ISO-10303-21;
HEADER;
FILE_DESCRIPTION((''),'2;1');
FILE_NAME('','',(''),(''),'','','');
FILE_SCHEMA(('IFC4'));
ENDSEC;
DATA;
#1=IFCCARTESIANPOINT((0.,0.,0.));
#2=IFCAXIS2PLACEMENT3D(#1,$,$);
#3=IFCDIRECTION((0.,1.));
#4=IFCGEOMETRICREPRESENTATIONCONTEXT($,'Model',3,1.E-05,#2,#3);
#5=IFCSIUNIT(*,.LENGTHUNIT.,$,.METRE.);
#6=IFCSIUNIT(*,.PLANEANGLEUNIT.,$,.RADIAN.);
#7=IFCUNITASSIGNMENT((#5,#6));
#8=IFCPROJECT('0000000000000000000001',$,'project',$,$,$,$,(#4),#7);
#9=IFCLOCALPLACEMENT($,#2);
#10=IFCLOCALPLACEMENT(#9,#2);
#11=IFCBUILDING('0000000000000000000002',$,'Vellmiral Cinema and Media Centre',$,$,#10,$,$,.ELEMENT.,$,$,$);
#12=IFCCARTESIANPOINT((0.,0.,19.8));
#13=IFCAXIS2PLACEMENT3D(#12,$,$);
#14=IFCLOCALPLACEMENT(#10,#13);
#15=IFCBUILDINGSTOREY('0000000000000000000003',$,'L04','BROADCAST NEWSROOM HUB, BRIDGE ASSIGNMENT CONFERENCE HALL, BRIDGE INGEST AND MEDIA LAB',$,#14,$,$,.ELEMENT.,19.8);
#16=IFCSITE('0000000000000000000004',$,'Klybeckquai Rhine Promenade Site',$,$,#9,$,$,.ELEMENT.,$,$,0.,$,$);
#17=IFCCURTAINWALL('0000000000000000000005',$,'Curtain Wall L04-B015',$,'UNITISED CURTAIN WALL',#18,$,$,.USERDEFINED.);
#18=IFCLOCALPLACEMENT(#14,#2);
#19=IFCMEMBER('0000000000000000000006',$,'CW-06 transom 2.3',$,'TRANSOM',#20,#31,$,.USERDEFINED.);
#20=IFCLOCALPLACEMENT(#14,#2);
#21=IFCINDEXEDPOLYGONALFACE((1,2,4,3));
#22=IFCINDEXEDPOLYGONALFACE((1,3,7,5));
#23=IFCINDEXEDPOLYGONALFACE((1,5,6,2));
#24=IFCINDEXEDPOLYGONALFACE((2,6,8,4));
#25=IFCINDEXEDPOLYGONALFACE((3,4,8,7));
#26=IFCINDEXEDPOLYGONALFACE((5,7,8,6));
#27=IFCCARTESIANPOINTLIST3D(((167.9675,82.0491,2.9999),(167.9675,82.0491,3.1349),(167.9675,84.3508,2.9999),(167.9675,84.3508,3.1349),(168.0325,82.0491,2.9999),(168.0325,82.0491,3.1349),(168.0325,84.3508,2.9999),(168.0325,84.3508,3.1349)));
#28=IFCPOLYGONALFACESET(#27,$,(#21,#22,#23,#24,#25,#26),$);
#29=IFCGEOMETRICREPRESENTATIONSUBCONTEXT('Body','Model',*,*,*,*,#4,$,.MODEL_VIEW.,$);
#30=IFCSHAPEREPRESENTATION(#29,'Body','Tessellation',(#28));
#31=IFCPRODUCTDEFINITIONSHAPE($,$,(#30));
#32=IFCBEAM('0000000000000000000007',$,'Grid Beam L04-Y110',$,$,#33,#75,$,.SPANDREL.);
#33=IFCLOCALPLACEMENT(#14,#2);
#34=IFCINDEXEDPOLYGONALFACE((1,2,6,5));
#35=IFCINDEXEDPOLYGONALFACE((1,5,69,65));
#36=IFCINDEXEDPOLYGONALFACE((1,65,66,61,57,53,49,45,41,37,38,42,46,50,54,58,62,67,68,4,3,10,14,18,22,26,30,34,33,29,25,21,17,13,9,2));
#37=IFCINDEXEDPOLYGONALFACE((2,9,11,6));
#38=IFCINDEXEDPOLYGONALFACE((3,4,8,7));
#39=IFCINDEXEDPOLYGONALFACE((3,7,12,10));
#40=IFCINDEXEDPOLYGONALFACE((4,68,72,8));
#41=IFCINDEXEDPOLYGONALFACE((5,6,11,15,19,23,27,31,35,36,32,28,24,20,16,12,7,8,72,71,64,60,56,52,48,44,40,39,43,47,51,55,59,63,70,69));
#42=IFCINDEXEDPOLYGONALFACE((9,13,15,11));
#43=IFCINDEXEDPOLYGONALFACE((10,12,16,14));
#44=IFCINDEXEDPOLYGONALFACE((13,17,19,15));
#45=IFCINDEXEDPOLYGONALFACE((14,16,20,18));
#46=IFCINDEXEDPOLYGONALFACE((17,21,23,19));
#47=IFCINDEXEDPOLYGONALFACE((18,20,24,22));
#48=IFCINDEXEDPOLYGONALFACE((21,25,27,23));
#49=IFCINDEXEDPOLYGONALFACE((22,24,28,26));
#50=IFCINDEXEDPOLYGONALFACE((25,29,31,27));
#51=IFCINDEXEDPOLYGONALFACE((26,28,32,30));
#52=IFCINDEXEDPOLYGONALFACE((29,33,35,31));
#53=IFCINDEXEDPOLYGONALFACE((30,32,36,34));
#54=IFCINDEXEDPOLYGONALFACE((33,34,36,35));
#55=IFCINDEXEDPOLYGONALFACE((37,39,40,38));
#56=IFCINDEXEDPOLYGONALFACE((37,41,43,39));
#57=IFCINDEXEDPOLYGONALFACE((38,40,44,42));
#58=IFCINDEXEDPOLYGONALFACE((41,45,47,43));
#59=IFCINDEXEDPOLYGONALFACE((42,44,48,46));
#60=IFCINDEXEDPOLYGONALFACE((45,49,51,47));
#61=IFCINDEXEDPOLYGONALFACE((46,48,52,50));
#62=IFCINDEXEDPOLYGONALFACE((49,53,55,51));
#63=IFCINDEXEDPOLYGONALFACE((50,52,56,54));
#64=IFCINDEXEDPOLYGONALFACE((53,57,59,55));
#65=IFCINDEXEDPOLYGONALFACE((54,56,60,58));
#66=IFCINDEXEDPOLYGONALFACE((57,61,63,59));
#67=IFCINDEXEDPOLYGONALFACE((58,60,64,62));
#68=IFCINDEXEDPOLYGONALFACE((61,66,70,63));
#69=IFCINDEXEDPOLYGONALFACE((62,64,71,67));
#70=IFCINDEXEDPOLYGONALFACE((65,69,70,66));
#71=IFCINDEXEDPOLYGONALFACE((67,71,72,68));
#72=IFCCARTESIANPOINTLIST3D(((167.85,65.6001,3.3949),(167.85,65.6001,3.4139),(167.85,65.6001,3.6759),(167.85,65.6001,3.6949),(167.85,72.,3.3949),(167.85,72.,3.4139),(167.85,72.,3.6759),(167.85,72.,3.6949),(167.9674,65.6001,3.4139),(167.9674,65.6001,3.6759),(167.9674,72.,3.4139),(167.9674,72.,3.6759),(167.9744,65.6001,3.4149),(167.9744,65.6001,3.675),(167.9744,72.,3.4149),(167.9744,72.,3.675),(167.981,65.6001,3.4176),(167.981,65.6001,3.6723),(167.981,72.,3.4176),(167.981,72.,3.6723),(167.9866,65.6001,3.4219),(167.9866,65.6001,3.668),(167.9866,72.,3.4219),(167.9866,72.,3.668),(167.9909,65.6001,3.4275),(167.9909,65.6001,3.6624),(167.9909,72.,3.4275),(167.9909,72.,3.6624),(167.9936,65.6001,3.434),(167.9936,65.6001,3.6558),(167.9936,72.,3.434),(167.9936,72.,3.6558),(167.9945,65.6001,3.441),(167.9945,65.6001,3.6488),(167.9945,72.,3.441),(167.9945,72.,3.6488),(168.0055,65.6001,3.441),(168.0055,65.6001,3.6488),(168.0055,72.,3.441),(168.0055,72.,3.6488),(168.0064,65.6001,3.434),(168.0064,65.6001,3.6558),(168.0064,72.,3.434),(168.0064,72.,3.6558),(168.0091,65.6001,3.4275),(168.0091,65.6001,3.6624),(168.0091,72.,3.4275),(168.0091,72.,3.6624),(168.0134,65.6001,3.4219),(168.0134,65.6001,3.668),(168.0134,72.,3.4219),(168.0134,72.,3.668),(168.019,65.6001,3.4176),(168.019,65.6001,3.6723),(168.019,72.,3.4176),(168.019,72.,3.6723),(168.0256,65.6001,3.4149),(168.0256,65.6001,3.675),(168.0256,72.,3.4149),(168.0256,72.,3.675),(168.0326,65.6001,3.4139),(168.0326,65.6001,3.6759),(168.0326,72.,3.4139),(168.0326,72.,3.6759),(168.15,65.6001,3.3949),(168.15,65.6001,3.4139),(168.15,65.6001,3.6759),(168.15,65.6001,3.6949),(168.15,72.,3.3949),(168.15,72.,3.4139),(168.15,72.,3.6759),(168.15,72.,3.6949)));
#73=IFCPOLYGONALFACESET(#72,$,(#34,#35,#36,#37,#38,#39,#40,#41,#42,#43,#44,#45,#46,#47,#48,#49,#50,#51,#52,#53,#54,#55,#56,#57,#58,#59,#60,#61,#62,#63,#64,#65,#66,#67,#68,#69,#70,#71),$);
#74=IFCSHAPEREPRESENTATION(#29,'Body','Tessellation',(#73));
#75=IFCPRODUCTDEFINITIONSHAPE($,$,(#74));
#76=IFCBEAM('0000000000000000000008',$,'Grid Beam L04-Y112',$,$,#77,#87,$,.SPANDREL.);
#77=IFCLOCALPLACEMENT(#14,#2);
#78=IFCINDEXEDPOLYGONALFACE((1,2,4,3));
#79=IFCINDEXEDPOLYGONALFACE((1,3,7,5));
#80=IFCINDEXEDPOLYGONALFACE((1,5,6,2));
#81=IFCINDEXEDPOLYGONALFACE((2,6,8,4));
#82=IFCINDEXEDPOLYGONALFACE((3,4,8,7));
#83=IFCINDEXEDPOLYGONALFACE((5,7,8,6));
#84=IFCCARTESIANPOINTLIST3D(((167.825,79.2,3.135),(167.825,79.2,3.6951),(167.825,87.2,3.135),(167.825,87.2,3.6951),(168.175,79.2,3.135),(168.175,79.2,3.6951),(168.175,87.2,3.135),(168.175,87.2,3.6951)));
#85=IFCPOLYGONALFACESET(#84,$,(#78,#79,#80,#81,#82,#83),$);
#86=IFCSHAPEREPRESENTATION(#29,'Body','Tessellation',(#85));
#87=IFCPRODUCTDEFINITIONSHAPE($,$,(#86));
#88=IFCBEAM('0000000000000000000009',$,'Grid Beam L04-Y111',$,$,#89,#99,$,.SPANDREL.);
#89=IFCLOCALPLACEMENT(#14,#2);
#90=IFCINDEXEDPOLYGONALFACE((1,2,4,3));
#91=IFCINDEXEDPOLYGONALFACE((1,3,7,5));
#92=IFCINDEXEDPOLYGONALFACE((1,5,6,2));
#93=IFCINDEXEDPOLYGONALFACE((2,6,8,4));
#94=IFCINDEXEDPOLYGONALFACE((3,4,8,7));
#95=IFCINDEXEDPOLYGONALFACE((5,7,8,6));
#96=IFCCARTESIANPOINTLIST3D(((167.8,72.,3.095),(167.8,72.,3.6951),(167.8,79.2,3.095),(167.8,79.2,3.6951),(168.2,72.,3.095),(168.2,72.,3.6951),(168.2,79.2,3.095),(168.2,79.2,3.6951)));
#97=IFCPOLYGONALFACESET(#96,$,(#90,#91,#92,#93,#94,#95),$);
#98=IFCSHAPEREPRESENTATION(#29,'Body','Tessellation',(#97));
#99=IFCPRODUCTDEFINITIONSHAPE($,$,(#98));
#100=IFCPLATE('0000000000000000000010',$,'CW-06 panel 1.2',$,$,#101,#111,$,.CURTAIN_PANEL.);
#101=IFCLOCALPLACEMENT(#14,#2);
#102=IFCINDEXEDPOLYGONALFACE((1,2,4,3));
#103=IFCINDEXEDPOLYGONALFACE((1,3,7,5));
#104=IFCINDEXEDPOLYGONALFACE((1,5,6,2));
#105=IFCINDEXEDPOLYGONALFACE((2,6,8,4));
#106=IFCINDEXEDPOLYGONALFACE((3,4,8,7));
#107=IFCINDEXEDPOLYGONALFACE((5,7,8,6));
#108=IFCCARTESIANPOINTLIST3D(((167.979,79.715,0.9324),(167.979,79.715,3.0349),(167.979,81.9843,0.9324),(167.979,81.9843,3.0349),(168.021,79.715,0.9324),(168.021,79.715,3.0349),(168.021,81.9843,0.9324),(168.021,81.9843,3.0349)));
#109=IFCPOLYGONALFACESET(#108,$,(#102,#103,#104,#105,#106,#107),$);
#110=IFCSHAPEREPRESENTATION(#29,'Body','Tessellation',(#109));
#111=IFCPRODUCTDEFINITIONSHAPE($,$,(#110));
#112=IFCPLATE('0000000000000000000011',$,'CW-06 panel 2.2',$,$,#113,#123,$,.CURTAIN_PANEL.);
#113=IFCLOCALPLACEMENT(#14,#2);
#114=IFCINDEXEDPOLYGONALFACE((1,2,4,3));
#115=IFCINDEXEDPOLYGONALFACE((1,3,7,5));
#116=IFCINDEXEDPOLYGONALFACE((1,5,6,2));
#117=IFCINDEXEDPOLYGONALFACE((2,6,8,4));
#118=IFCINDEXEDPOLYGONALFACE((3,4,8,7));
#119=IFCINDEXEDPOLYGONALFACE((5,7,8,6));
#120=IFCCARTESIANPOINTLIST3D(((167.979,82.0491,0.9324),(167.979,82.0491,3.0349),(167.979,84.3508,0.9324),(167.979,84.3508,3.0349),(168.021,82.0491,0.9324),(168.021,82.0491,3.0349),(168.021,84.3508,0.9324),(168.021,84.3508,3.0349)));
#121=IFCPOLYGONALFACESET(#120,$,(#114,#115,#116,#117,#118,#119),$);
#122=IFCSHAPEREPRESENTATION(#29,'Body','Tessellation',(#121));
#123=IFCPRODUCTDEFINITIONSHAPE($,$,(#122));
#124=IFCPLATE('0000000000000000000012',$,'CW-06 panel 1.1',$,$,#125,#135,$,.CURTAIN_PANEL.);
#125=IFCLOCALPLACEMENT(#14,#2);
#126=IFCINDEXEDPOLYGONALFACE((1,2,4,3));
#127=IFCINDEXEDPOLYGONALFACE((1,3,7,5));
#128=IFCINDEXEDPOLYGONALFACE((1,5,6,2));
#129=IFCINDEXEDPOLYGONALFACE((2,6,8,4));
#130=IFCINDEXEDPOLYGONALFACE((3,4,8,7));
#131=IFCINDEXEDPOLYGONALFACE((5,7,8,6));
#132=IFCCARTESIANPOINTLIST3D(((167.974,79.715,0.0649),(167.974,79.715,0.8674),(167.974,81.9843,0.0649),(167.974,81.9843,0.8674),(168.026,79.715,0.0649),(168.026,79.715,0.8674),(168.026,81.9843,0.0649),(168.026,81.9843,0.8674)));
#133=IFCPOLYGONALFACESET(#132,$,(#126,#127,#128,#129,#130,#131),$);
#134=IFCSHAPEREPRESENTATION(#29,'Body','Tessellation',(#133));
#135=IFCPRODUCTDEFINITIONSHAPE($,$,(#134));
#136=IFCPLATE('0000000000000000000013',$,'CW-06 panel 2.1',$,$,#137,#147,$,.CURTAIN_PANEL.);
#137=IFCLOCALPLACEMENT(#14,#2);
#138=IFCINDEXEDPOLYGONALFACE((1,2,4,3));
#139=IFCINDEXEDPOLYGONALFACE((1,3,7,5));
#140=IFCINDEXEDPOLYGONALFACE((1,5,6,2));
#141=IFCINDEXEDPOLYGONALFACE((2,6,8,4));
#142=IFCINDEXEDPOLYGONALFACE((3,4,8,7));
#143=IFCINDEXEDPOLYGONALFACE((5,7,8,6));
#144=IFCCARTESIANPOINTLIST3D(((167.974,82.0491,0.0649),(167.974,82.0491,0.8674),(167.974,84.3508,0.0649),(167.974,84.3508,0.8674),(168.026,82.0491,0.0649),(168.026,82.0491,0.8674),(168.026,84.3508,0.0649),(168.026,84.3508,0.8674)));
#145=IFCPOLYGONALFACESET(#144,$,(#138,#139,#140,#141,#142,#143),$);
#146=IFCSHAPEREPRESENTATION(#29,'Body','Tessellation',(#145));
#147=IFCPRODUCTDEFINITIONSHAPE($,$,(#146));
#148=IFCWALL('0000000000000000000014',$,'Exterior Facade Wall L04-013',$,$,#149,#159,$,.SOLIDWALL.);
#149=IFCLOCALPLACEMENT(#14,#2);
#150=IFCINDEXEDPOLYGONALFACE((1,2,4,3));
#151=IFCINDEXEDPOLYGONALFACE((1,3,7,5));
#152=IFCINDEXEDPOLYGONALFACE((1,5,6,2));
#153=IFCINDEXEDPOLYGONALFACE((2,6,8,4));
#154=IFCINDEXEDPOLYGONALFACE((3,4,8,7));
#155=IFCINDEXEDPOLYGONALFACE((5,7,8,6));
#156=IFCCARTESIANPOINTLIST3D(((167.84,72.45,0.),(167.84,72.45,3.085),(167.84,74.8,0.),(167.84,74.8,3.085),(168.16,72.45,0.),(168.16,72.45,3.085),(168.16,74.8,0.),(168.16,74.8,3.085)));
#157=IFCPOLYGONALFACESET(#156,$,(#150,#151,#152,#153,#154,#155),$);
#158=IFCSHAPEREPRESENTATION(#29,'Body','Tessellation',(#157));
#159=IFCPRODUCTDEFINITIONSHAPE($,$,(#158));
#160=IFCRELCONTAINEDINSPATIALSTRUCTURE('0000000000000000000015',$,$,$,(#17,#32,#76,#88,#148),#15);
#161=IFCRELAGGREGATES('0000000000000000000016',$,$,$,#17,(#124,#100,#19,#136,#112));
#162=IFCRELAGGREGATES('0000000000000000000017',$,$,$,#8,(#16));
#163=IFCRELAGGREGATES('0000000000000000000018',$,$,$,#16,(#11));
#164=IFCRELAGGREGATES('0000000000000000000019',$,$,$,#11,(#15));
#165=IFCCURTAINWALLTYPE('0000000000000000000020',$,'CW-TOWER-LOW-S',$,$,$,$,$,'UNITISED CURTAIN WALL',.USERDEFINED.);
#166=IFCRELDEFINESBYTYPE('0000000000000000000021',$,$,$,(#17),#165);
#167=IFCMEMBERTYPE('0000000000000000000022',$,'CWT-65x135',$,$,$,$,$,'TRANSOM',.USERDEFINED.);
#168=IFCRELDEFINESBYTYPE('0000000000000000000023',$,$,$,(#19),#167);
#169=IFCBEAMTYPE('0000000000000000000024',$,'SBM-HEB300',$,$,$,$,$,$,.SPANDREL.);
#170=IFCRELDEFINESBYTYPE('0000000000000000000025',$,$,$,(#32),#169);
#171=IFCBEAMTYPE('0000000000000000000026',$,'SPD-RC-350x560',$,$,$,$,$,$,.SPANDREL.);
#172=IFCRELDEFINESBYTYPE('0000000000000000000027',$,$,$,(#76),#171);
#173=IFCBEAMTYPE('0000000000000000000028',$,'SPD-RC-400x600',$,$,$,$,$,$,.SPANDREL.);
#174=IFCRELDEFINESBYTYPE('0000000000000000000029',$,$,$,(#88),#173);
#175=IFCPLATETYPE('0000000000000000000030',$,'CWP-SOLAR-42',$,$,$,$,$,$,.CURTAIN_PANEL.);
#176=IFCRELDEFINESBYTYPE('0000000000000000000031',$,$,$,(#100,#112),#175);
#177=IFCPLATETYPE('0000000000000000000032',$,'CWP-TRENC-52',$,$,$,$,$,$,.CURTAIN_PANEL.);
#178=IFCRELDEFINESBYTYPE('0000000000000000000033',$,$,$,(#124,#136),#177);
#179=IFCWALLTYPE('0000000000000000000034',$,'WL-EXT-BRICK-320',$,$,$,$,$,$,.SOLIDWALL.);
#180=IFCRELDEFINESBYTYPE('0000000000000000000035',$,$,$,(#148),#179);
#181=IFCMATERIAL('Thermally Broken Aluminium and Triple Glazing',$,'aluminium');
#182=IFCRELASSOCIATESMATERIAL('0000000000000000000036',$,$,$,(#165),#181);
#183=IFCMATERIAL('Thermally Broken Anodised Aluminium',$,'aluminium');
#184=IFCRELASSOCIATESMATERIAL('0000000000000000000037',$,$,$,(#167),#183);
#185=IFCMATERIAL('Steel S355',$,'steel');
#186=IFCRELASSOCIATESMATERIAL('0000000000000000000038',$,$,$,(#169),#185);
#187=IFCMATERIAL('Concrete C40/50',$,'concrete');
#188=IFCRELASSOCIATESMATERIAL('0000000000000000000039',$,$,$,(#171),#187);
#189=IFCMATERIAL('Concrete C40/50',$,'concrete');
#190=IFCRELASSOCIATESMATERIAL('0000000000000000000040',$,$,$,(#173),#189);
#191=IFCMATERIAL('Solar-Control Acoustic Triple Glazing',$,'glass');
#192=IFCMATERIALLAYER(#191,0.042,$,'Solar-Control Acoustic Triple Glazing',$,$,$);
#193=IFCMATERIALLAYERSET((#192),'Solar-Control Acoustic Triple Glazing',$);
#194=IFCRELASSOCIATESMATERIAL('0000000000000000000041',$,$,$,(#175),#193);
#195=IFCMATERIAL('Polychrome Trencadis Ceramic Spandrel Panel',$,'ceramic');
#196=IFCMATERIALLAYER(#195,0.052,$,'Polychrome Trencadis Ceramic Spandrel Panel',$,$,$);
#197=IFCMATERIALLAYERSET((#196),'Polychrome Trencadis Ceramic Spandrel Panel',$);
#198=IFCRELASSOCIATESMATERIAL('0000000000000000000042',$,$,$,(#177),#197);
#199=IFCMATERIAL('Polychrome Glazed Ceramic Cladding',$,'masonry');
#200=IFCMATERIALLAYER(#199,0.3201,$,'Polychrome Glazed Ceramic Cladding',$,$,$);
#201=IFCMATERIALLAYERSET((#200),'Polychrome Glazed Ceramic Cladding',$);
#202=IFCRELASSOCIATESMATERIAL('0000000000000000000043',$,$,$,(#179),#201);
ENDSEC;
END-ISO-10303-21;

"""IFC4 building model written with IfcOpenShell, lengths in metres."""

from ifc_helpers import new_model, si_unit, direction, frame, frame_2d, origin, origin_2d, place, context, subcontext, project, spatial, rectangle, i_section, extrude, material, layer, layer_set, material_profile, profile_set, type_object, element, aggregate, save


model = new_model("IFC4")

# Units and contexts
model_context = context("Model", 3, precision=1e-05, world=origin(), true_north=direction((0.0, 1.0)))
body_context = subcontext(model_context, "Body", "Model", "MODEL_VIEW")
ifc_project = project(units=[si_unit("LENGTHUNIT", "METRE"), si_unit("PLANEANGLEUNIT", "RADIAN")], contexts=[model_context])

# Site, building, storey
site_placement = place(None, origin())
site = spatial("IfcSite", under=ifc_project, at=site_placement, Name="Klybeckquai Rhine Promenade Site", CompositionType="ELEMENT", RefElevation=0.0)
building_placement = place(site_placement, origin())
building = spatial("IfcBuilding", under=site, at=building_placement, Name="Vellmiral Cinema and Media Centre", CompositionType="ELEMENT")
storey_placement = place(building_placement, frame((0.0, 0.0, 19.8)))
storey = spatial("IfcBuildingStorey", under=building, at=storey_placement, Name="L04", Description="BROADCAST NEWSROOM HUB, BRIDGE ASSIGNMENT CONFERENCE HALL, BRIDGE INGEST AND MEDIA LAB", CompositionType="ELEMENT", Elevation=19.8)

# Curtain wall, member
ifc_material_1 = material(Name="Thermally Broken Aluminium and Triple Glazing", Category="aluminium")
curtain_wall_type = type_object("IfcCurtainWallType", Name="CW-TOWER-LOW-S", ElementType="UNITISED CURTAIN WALL", PredefinedType="USERDEFINED", material=ifc_material_1)
curtain_wall_placement = place(storey_placement, origin())
curtain_wall = element("IfcCurtainWall", 1, at=curtain_wall_placement, inside=storey, type_object=curtain_wall_type, Name="Curtain Wall L04-B015", ObjectType="UNITISED CURTAIN WALL", PredefinedType="USERDEFINED")
ifc_material_2 = material(Name="Thermally Broken Anodised Aluminium", Category="aluminium")
ifc_material_profile_1 = material_profile(ifc_material_2, rectangle(XDim=0.0649, YDim=0.135, at=origin_2d()), Name="MULL 65x135")
ifc_profile_set_1 = profile_set([ifc_material_profile_1], Name="Thermally Broken Anodised Aluminium")
member_type_1 = type_object("IfcMemberType", Name="CWT-65x135", ElementType="TRANSOM", PredefinedType="USERDEFINED", material=ifc_profile_set_1)
member_1_placement = place(storey_placement, frame((168.0, 82.0491, 3.0674), z_axis=(0.0, 1.0, 0.0), x_axis=(-1.0, 0.0, 0.0)))
member_1 = element("IfcMember", 2, at=member_1_placement, type_object=member_type_1, Name="CW-06 transom 2.3", ObjectType="TRANSOM", PredefinedType="USERDEFINED", context=body_context, shape_type="SweptSolid", body=[
    extrude(rectangle(XDim=0.0649, YDim=0.135, at=origin_2d()), origin(), (0.0, 0.0, 1.0), 2.3018),
])

# Beams
ifc_material_3 = material(Name="Steel S355", Category="steel")
ifc_material_profile_2 = material_profile(ifc_material_3, i_section(OverallWidth=0.3, OverallDepth=0.3, WebThickness=0.011, FlangeThickness=0.019, FilletRadius=0.0271, at=origin_2d()), Name="HEB 300")
ifc_profile_set_2 = profile_set([ifc_material_profile_2], Name="Steel S355")
beam_type_1 = type_object("IfcBeamType", Name="SBM-HEB300", PredefinedType="SPANDREL", material=ifc_profile_set_2)
beam_1_placement = place(storey_placement, frame((168.0, 65.6001, 3.5449), z_axis=(0.0, 1.0, 0.0), x_axis=(-1.0, 0.0, 0.0)))
element("IfcBeam", 3, at=beam_1_placement, inside=storey, type_object=beam_type_1, Name="Grid Beam L04-Y110", PredefinedType="SPANDREL", context=body_context, shape_type="SweptSolid", body=[
    extrude(i_section(OverallWidth=0.3, OverallDepth=0.3, WebThickness=0.011, FlangeThickness=0.019, FilletRadius=0.0271, at=origin_2d()), origin(), (0.0, 0.0, 1.0), 6.3999),
])
ifc_material_4 = material(Name="Concrete C40/50", Category="concrete")
ifc_material_profile_3 = material_profile(ifc_material_4, rectangle(XDim=0.3501, YDim=0.5601, at=origin_2d()), Name="RC 350x560")
ifc_profile_set_3 = profile_set([ifc_material_profile_3], Name="Concrete C40/50")
beam_type_2 = type_object("IfcBeamType", Name="SPD-RC-350x560", PredefinedType="SPANDREL", material=ifc_profile_set_3)
beam_2_placement = place(storey_placement, frame((168.0, 79.2, 3.415), z_axis=(0.0, 1.0, 0.0), x_axis=(-1.0, 0.0, 0.0)))
element("IfcBeam", 4, at=beam_2_placement, inside=storey, type_object=beam_type_2, Name="Grid Beam L04-Y112", PredefinedType="SPANDREL", context=body_context, shape_type="SweptSolid", body=[
    extrude(rectangle(XDim=0.3501, YDim=0.5601, at=origin_2d()), origin(), (0.0, 0.0, 1.0), 8.0),
])
ifc_material_5 = material(Name="Concrete C40/50", Category="concrete")
ifc_material_profile_4 = material_profile(ifc_material_5, rectangle(XDim=0.3999, YDim=0.6001, at=origin_2d()), Name="RC 400x600")
ifc_profile_set_4 = profile_set([ifc_material_profile_4], Name="Concrete C40/50")
beam_type_3 = type_object("IfcBeamType", Name="SPD-RC-400x600", PredefinedType="SPANDREL", material=ifc_profile_set_4)
beam_3_placement = place(storey_placement, frame((168.0, 72.0, 3.395), z_axis=(0.0, 1.0, 0.0), x_axis=(-1.0, 0.0, 0.0)))
element("IfcBeam", 5, at=beam_3_placement, inside=storey, type_object=beam_type_3, Name="Grid Beam L04-Y111", PredefinedType="SPANDREL", context=body_context, shape_type="SweptSolid", body=[
    extrude(rectangle(XDim=0.3999, YDim=0.6001, at=origin_2d()), origin(), (0.0, 0.0, 1.0), 7.2),
])

# Plates
ifc_material_6 = material(Name="Solar-Control Acoustic Triple Glazing", Category="glass")
ifc_layer_1 = layer(ifc_material_6, 0.042, Name="Solar-Control Acoustic Triple Glazing")
ifc_layer_set_1 = layer_set([ifc_layer_1], Name="Solar-Control Acoustic Triple Glazing")
plate_type_1 = type_object("IfcPlateType", Name="CWP-SOLAR-42", PredefinedType="CURTAIN_PANEL", material=ifc_layer_set_1)
plate_1_placement = place(storey_placement, frame((168.0, 80.8496, 0.9324), z_axis=(0.0, 0.0, 1.0), x_axis=(0.0, 1.0, 0.0)))
plate_1 = element("IfcPlate", 6, at=plate_1_placement, type_object=plate_type_1, Name="CW-06 panel 1.2", PredefinedType="CURTAIN_PANEL", context=body_context, shape_type="SweptSolid", body=[
    extrude(rectangle(XDim=2.2693, YDim=0.042, at=origin_2d()), origin(), (0.0, 0.0, 1.0), 2.1025),
])
plate_2_placement = place(storey_placement, frame((168.0, 83.2, 0.9324), z_axis=(0.0, 0.0, 1.0), x_axis=(0.0, 1.0, 0.0)))
plate_2 = element("IfcPlate", 7, at=plate_2_placement, type_object=plate_type_1, Name="CW-06 panel 2.2", PredefinedType="CURTAIN_PANEL", context=body_context, shape_type="SweptSolid", body=[
    extrude(rectangle(XDim=2.3018, YDim=0.042, at=origin_2d()), origin(), (0.0, 0.0, 1.0), 2.1025),
])
ifc_material_7 = material(Name="Polychrome Trencadis Ceramic Spandrel Panel", Category="ceramic")
ifc_layer_2 = layer(ifc_material_7, 0.052, Name="Polychrome Trencadis Ceramic Spandrel Panel")
ifc_layer_set_2 = layer_set([ifc_layer_2], Name="Polychrome Trencadis Ceramic Spandrel Panel")
plate_type_2 = type_object("IfcPlateType", Name="CWP-TRENC-52", PredefinedType="CURTAIN_PANEL", material=ifc_layer_set_2)
plate_3_placement = place(storey_placement, frame((168.0, 80.8496, 0.0649), z_axis=(0.0, 0.0, 1.0), x_axis=(0.0, 1.0, 0.0)))
plate_3 = element("IfcPlate", 8, at=plate_3_placement, type_object=plate_type_2, Name="CW-06 panel 1.1", PredefinedType="CURTAIN_PANEL", context=body_context, shape_type="SweptSolid", body=[
    extrude(rectangle(XDim=2.2693, YDim=0.052, at=origin_2d()), origin(), (0.0, 0.0, 1.0), 0.8025),
])
plate_4_placement = place(storey_placement, frame((168.0, 83.2, 0.0649), z_axis=(0.0, 0.0, 1.0), x_axis=(0.0, 1.0, 0.0)))
plate_4 = element("IfcPlate", 9, at=plate_4_placement, type_object=plate_type_2, Name="CW-06 panel 2.1", PredefinedType="CURTAIN_PANEL", context=body_context, shape_type="SweptSolid", body=[
    extrude(rectangle(XDim=2.3018, YDim=0.052, at=origin_2d()), origin(), (0.0, 0.0, 1.0), 0.8025),
])
aggregate(curtain_wall, [plate_3, plate_1, member_1, plate_4, plate_2])

# Wall
ifc_material_8 = material(Name="Polychrome Glazed Ceramic Cladding", Category="masonry")
ifc_layer_3 = layer(ifc_material_8, 0.3201, Name="Polychrome Glazed Ceramic Cladding")
ifc_layer_set_3 = layer_set([ifc_layer_3], Name="Polychrome Glazed Ceramic Cladding")
wall_type_1 = type_object("IfcWallType", Name="WL-EXT-BRICK-320", PredefinedType="SOLIDWALL", material=ifc_layer_set_3)
wall_1_placement = place(storey_placement, frame((168.0, 72.45, 0.0), z_axis=(0.0, 0.0, 1.0), x_axis=(0.0, 1.0, 0.0)))
element("IfcWall", 10, at=wall_1_placement, inside=storey, type_object=wall_type_1, Name="Exterior Facade Wall L04-013", PredefinedType="SOLIDWALL", context=body_context, shape_type="SweptSolid", body=[
    extrude(rectangle(XDim=2.3501, YDim=0.3201, at=frame_2d((1.175, 0.0))), origin(), (0.0, 0.0, 1.0), 3.085),
])

save(model, "model.ifc")
